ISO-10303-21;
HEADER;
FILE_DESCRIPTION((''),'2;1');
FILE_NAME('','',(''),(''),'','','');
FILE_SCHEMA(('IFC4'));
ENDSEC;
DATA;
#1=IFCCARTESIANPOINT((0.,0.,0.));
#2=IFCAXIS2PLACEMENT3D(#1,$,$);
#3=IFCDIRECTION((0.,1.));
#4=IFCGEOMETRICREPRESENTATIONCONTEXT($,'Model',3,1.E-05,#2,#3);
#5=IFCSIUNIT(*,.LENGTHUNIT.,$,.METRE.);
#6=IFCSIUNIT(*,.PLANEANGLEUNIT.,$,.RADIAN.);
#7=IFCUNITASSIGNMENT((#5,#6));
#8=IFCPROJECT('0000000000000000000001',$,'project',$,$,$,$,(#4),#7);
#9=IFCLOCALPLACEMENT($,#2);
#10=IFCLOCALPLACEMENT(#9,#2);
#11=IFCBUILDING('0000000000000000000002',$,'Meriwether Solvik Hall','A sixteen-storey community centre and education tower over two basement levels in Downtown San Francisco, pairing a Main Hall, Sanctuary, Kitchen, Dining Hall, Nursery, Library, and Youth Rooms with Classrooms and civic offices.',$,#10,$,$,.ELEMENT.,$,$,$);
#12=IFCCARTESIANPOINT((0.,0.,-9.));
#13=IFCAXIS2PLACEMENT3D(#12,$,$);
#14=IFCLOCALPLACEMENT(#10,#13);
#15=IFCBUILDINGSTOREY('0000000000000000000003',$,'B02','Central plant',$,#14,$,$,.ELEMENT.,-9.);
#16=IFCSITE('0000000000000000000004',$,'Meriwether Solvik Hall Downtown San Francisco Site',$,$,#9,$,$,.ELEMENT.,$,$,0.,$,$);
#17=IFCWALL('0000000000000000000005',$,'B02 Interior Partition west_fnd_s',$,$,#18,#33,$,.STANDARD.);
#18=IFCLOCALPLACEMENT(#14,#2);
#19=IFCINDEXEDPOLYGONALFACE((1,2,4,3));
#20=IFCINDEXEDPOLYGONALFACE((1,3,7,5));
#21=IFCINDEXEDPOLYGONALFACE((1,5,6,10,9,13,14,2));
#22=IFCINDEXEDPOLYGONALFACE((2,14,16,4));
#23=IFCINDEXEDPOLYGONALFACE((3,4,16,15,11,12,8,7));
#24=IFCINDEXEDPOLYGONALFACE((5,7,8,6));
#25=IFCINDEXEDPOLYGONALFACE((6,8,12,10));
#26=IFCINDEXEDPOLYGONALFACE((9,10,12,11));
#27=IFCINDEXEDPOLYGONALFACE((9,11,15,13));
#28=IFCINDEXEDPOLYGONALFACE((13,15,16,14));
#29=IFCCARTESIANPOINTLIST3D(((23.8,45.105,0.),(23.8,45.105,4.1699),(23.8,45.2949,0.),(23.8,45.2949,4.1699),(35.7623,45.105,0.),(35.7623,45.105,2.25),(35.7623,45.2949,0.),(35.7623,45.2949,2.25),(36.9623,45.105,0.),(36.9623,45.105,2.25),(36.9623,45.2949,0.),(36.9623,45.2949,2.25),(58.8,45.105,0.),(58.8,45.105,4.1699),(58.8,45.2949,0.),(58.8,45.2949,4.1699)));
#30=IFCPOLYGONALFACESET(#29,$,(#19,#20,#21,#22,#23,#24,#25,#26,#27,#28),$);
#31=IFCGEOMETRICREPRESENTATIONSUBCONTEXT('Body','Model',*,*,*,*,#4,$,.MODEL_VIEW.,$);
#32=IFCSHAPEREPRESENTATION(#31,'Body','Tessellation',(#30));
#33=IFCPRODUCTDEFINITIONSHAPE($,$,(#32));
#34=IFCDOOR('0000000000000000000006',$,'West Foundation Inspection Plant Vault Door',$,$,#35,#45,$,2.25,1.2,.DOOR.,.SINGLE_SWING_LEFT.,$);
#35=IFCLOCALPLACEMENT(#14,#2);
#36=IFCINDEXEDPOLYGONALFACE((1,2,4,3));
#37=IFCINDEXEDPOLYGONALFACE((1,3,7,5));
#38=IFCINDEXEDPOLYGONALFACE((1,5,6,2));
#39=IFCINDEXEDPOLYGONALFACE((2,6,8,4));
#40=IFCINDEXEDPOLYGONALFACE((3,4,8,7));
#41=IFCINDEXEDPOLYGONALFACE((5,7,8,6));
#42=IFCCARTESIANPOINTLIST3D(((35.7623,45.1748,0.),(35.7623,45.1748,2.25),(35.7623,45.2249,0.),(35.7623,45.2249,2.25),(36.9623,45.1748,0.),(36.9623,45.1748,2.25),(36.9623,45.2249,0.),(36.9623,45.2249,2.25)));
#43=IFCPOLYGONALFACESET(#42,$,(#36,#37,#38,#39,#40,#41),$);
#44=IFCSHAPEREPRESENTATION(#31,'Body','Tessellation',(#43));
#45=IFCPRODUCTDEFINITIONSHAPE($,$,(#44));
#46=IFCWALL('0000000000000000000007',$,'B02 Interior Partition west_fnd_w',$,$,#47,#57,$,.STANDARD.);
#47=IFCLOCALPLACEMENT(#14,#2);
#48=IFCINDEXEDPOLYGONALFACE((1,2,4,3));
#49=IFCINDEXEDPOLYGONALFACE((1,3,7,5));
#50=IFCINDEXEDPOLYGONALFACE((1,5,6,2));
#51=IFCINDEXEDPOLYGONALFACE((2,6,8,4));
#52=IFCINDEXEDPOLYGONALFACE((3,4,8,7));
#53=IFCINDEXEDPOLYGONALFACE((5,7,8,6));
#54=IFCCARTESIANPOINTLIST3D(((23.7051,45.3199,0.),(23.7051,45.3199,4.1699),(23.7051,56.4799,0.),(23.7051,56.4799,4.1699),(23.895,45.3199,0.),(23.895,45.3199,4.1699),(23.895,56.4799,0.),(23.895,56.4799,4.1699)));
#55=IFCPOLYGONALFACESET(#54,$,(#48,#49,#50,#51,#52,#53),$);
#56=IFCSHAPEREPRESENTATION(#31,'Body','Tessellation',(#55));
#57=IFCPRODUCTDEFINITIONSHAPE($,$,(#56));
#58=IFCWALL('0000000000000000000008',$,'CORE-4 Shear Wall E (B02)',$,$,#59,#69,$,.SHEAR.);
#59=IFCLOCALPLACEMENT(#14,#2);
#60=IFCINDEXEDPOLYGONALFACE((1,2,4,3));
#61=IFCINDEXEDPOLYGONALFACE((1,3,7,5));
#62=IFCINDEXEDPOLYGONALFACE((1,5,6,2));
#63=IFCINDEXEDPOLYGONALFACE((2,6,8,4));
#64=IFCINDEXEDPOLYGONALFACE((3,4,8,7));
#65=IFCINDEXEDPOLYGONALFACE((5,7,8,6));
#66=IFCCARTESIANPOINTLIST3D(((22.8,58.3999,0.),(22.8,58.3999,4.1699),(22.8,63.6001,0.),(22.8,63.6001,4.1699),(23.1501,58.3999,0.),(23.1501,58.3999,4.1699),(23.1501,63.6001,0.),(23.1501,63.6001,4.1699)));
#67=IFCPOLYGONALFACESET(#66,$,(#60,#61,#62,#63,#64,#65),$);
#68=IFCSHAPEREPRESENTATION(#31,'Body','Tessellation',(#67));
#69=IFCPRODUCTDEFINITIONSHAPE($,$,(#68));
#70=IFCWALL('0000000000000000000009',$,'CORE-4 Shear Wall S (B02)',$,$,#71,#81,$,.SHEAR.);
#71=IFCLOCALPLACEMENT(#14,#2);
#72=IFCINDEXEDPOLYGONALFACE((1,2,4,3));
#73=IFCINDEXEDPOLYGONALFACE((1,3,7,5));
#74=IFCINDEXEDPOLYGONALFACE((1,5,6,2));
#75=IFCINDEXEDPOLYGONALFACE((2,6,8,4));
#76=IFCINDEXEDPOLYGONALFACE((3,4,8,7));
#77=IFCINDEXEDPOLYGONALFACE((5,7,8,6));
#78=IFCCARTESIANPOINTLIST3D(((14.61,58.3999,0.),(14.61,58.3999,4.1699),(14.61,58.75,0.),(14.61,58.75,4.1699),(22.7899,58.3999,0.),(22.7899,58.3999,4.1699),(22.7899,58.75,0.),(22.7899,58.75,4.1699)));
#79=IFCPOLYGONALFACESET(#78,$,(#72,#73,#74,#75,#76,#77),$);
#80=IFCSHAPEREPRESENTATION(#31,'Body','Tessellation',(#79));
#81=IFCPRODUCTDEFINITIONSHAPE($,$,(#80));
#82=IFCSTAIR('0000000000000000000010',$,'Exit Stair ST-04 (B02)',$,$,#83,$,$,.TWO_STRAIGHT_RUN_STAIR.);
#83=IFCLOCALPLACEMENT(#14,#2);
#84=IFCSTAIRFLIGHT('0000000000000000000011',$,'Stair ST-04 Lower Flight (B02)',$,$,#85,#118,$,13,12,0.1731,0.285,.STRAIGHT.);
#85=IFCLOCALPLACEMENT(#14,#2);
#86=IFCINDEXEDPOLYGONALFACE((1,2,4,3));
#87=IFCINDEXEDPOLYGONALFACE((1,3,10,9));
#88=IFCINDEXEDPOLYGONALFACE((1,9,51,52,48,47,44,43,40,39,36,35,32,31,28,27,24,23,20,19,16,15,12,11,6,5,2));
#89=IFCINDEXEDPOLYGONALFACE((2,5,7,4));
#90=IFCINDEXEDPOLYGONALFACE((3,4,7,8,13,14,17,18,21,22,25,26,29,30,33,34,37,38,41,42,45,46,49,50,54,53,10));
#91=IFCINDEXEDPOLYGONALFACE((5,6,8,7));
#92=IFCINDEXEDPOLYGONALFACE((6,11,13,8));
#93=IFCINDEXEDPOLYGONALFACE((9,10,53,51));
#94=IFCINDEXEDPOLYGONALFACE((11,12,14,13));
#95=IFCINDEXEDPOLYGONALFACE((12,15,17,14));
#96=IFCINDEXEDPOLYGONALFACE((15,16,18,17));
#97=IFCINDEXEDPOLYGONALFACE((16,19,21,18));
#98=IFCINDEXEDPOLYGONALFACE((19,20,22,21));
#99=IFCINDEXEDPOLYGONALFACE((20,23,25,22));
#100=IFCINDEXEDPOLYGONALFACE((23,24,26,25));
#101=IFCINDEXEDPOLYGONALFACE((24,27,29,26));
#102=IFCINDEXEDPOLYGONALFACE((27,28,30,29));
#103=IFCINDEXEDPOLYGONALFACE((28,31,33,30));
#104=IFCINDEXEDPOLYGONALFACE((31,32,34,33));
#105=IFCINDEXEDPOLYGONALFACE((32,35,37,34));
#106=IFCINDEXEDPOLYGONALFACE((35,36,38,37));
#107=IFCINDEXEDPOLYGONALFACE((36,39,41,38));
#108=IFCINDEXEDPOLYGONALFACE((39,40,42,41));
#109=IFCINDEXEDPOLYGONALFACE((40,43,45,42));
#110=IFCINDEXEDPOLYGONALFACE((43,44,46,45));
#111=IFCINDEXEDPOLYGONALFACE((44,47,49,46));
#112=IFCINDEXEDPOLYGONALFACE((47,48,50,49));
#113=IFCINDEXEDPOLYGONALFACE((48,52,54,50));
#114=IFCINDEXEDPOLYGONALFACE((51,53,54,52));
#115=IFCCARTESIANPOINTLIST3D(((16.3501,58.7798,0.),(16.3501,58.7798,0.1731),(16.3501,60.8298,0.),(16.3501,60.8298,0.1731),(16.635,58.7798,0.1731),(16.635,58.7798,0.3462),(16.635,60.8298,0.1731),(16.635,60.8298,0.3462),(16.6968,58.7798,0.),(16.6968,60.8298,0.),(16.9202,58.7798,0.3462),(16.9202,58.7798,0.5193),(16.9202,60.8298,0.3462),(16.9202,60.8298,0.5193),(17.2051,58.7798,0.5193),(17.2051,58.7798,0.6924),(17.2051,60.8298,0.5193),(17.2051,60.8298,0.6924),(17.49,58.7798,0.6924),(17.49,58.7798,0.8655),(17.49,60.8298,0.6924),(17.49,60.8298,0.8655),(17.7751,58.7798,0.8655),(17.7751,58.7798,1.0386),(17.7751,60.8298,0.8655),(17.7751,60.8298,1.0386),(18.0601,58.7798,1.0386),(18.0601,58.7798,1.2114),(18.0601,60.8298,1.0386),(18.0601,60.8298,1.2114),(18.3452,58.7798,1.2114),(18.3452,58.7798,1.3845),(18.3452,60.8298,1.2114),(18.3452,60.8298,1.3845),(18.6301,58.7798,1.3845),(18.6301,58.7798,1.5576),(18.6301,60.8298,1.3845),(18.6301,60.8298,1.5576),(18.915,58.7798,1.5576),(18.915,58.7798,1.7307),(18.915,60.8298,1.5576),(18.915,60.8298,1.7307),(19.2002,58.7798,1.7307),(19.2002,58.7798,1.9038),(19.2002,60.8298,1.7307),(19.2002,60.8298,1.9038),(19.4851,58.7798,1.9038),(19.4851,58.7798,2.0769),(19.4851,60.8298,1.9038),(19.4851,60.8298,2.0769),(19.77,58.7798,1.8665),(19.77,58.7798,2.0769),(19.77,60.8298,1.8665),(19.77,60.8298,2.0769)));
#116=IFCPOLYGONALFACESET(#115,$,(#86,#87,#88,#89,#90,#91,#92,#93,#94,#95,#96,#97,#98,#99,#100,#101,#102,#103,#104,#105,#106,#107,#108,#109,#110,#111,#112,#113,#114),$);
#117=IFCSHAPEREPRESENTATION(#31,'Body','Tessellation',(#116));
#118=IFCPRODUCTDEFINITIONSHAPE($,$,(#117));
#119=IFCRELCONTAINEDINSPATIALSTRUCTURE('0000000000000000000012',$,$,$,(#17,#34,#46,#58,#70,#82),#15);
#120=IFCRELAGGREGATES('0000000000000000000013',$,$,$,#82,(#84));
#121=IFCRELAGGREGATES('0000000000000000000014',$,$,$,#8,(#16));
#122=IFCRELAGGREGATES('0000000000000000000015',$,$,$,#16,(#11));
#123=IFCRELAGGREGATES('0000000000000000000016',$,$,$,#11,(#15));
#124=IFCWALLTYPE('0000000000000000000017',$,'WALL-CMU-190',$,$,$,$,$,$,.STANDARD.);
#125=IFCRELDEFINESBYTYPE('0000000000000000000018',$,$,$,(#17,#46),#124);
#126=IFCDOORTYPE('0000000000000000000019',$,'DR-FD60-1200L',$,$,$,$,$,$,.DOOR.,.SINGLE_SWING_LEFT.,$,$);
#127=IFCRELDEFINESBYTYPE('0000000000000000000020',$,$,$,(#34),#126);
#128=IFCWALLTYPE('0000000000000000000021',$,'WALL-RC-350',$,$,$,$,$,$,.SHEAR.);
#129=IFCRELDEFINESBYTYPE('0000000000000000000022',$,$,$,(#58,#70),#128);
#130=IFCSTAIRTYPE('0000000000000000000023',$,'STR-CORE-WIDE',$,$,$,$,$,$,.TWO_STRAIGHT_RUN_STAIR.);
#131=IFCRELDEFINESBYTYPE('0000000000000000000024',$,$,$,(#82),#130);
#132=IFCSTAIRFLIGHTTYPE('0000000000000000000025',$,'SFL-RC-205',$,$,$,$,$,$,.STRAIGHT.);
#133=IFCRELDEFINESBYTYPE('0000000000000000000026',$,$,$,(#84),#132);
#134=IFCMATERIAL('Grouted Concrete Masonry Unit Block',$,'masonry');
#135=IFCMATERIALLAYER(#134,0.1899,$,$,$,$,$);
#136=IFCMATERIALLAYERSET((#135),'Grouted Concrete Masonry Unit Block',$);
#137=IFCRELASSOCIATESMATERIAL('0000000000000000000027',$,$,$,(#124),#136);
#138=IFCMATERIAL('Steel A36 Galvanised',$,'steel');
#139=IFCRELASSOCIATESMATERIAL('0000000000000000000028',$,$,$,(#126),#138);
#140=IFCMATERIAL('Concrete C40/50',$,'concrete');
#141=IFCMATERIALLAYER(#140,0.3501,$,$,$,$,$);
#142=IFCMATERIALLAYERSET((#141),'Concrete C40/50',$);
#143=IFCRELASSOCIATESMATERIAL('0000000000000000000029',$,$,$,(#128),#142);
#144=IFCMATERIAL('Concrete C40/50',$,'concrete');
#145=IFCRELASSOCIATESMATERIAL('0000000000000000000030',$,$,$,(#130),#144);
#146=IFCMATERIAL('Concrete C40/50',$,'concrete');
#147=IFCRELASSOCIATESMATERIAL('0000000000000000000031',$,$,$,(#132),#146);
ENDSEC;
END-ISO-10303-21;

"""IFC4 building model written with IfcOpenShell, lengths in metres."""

from ifc_helpers import new_model, si_unit, direction, frame, frame_2d, origin, place, context, subcontext, project, spatial, polyline, rectangle, outline, extrude, material, layer, layer_set, type_object, element, fill, aggregate, save


model = new_model("IFC4")

# Units and contexts
model_context = context("Model", 3, precision=1e-05, world=origin(), true_north=direction((0.0, 1.0)))
body_context = subcontext(model_context, "Body", "Model", "MODEL_VIEW")
ifc_project = project(units=[si_unit("LENGTHUNIT", "METRE"), si_unit("PLANEANGLEUNIT", "RADIAN")], contexts=[model_context])

# Site, building, storey
site_placement = place(None, origin())
site = spatial("IfcSite", under=ifc_project, at=site_placement, Name="Meriwether Solvik Hall Downtown San Francisco Site", CompositionType="ELEMENT", RefElevation=0.0)
building_placement = place(site_placement, origin())
building = spatial("IfcBuilding", under=site, at=building_placement, Name="Meriwether Solvik Hall", Description="A sixteen-storey community centre and education tower over two basement levels in Downtown San Francisco, pairing a Main Hall, Sanctuary, Kitchen, Dining Hall, Nursery, Library, and Youth Rooms with Classrooms and civic offices.", CompositionType="ELEMENT")
storey_placement = place(building_placement, frame((0.0, 0.0, -9.0)))
storey = spatial("IfcBuildingStorey", under=building, at=storey_placement, Name="B02", Description="Central plant", CompositionType="ELEMENT", Elevation=-9.0)

# Wall, opening, door
ifc_material_1 = material(Name="Grouted Concrete Masonry Unit Block", Category="masonry")
ifc_layer_1 = layer(ifc_material_1, 0.1899)
ifc_layer_set_1 = layer_set([ifc_layer_1], Name="Grouted Concrete Masonry Unit Block")
wall_type_1 = type_object("IfcWallType", Name="WALL-CMU-190", PredefinedType="STANDARD", material=ifc_layer_set_1)
wall_1_placement = place(storey_placement, frame((23.8, 45.2, 0.0), z_axis=(0.0, 0.0, 1.0), x_axis=(1.0, 0.0, 0.0)))
wall_1 = element("IfcWall", 1, at=wall_1_placement, inside=storey, type_object=wall_type_1, Name="B02 Interior Partition west_fnd_s", PredefinedType="STANDARD", context=body_context, shape_type="SweptSolid", body=[
    extrude(rectangle(XDim=35.0, YDim=0.1899, at=frame_2d((17.5, 0.0))), origin(), (0.0, 0.0, 1.0), 4.1699),
])
opening_placement = place(wall_1_placement, frame((11.9622, 0.0, 0.0)))
opening = element("IfcOpeningElement", 2, at=opening_placement, cuts=wall_1, PredefinedType="OPENING", context=body_context, shape_type="SweptSolid", body=[
    extrude(rectangle(XDim=1.2, YDim=2.25, at=frame_2d((0.6001, 1.125))), frame((0.0, 0.1069, 0.0), z_axis=(0.0, -1.0, 0.0), x_axis=(1.0, 0.0, 0.0)), (0.0, 0.0, 1.0), 0.2139),
])
ifc_material_2 = material(Name="Steel A36 Galvanised", Category="steel")
door_type = type_object("IfcDoorType", Name="DR-FD60-1200L", OperationType="SINGLE_SWING_LEFT", PredefinedType="DOOR", material=ifc_material_2)
door_placement = place(opening_placement, origin())
door = element("IfcDoor", 3, at=door_placement, inside=storey, type_object=door_type, Name="West Foundation Inspection Plant Vault Door", OperationType="SINGLE_SWING_LEFT", OverallHeight=2.25, OverallWidth=1.2, PredefinedType="DOOR", context=body_context, shape_type="SweptSolid", body=[
    extrude(rectangle(XDim=1.2, YDim=2.25, at=frame_2d((0.6001, 1.125))), frame((0.0, 0.0249, 0.0), z_axis=(0.0, -1.0, 0.0), x_axis=(1.0, 0.0, 0.0)), (0.0, 0.0, 1.0), 0.05),
])
fill(opening, door)

# Walls
wall_2_placement = place(storey_placement, frame((23.8, 56.48, 0.0), z_axis=(0.0, 0.0, 1.0), x_axis=(0.0, -1.0, 0.0)))
element("IfcWall", 4, at=wall_2_placement, inside=storey, type_object=wall_type_1, Name="B02 Interior Partition west_fnd_w", PredefinedType="STANDARD", context=body_context, shape_type="SweptSolid", body=[
    extrude(rectangle(XDim=11.1599, YDim=0.1899, at=frame_2d((5.5801, 0.0))), origin(), (0.0, 0.0, 1.0), 4.1699),
])
ifc_material_3 = material(Name="Concrete C40/50", Category="concrete")
ifc_layer_2 = layer(ifc_material_3, 0.3501)
ifc_layer_set_2 = layer_set([ifc_layer_2], Name="Concrete C40/50")
wall_type_2 = type_object("IfcWallType", Name="WALL-RC-350", PredefinedType="SHEAR", material=ifc_layer_set_2)
wall_3_placement = place(storey_placement, frame((22.9751, 58.3999, 0.0), z_axis=(0.0, 0.0, 1.0), x_axis=(0.0, 1.0, 0.0)))
element("IfcWall", 5, at=wall_3_placement, inside=storey, type_object=wall_type_2, Name="CORE-4 Shear Wall E (B02)", PredefinedType="SHEAR", context=body_context, shape_type="SweptSolid", body=[
    extrude(rectangle(XDim=5.2002, YDim=0.3501, at=frame_2d((2.6001, 0.0))), origin(), (0.0, 0.0, 1.0), 4.1699),
])
wall_4_placement = place(storey_placement, frame((14.6101, 58.575, 0.0), z_axis=(0.0, 0.0, 1.0), x_axis=(1.0, 0.0, 0.0)))
element("IfcWall", 6, at=wall_4_placement, inside=storey, type_object=wall_type_2, Name="CORE-4 Shear Wall S (B02)", PredefinedType="SHEAR", context=body_context, shape_type="SweptSolid", body=[
    extrude(rectangle(XDim=8.1799, YDim=0.3501, at=frame_2d((4.0898, 0.0))), origin(), (0.0, 0.0, 1.0), 4.1699),
])

# Stair, stair flight
ifc_material_4 = material(Name="Concrete C40/50", Category="concrete")
stair_type = type_object("IfcStairType", Name="STR-CORE-WIDE", PredefinedType="TWO_STRAIGHT_RUN_STAIR", material=ifc_material_4)
stair_placement = place(storey_placement, origin())
stair = element("IfcStair", 7, at=stair_placement, inside=storey, type_object=stair_type, Name="Exit Stair ST-04 (B02)", PredefinedType="TWO_STRAIGHT_RUN_STAIR")
ifc_material_5 = material(Name="Concrete C40/50", Category="concrete")
stair_flight_type = type_object("IfcStairFlightType", Name="SFL-RC-205", PredefinedType="STRAIGHT", material=ifc_material_5)
stair_flight_placement = place(storey_placement, frame((16.3501, 59.8049, 0.0), z_axis=(0.0, 0.0, 1.0), x_axis=(1.0, 0.0, 0.0)))
stair_flight = element("IfcStairFlight", 8, at=stair_flight_placement, type_object=stair_flight_type, Name="Stair ST-04 Lower Flight (B02)", NumberOfRisers=13, NumberOfTreads=12, PredefinedType="STRAIGHT", RiserHeight=0.1731, TreadLength=0.285, context=body_context, shape_type="SweptSolid", body=[
    extrude(outline(polyline([(0.0, 0.0), (0.0, 0.1731), (0.2849, 0.1731), (0.2849, 0.3462), (0.5701, 0.3462), (0.5701, 0.5193), (0.855, 0.5193), (0.855, 0.6924), (1.1399, 0.6924), (1.1399, 0.8655), (1.425, 0.8655), (1.425, 1.0386), (1.71, 1.0386), (1.71, 1.2114), (1.9951, 1.2114), (1.9951, 1.3845), (2.28, 1.3845), (2.28, 1.5576), (2.5649, 1.5576), (2.5649, 1.7307), (2.8501, 1.7307), (2.8501, 1.9038), (3.135, 1.9038), (3.135, 2.0769), (3.4199, 2.0769), (3.4199, 2.25), (3.4199, 1.8665), (0.3467, 0.0), (0.0, 0.0)])), frame((0.0, 1.0249, 0.0), z_axis=(0.0, -1.0, 0.0), x_axis=(1.0, 0.0, 0.0)), (0.0, 0.0, 1.0), 2.05),
])
aggregate(stair, [stair_flight])

save(model, "model.ifc")
